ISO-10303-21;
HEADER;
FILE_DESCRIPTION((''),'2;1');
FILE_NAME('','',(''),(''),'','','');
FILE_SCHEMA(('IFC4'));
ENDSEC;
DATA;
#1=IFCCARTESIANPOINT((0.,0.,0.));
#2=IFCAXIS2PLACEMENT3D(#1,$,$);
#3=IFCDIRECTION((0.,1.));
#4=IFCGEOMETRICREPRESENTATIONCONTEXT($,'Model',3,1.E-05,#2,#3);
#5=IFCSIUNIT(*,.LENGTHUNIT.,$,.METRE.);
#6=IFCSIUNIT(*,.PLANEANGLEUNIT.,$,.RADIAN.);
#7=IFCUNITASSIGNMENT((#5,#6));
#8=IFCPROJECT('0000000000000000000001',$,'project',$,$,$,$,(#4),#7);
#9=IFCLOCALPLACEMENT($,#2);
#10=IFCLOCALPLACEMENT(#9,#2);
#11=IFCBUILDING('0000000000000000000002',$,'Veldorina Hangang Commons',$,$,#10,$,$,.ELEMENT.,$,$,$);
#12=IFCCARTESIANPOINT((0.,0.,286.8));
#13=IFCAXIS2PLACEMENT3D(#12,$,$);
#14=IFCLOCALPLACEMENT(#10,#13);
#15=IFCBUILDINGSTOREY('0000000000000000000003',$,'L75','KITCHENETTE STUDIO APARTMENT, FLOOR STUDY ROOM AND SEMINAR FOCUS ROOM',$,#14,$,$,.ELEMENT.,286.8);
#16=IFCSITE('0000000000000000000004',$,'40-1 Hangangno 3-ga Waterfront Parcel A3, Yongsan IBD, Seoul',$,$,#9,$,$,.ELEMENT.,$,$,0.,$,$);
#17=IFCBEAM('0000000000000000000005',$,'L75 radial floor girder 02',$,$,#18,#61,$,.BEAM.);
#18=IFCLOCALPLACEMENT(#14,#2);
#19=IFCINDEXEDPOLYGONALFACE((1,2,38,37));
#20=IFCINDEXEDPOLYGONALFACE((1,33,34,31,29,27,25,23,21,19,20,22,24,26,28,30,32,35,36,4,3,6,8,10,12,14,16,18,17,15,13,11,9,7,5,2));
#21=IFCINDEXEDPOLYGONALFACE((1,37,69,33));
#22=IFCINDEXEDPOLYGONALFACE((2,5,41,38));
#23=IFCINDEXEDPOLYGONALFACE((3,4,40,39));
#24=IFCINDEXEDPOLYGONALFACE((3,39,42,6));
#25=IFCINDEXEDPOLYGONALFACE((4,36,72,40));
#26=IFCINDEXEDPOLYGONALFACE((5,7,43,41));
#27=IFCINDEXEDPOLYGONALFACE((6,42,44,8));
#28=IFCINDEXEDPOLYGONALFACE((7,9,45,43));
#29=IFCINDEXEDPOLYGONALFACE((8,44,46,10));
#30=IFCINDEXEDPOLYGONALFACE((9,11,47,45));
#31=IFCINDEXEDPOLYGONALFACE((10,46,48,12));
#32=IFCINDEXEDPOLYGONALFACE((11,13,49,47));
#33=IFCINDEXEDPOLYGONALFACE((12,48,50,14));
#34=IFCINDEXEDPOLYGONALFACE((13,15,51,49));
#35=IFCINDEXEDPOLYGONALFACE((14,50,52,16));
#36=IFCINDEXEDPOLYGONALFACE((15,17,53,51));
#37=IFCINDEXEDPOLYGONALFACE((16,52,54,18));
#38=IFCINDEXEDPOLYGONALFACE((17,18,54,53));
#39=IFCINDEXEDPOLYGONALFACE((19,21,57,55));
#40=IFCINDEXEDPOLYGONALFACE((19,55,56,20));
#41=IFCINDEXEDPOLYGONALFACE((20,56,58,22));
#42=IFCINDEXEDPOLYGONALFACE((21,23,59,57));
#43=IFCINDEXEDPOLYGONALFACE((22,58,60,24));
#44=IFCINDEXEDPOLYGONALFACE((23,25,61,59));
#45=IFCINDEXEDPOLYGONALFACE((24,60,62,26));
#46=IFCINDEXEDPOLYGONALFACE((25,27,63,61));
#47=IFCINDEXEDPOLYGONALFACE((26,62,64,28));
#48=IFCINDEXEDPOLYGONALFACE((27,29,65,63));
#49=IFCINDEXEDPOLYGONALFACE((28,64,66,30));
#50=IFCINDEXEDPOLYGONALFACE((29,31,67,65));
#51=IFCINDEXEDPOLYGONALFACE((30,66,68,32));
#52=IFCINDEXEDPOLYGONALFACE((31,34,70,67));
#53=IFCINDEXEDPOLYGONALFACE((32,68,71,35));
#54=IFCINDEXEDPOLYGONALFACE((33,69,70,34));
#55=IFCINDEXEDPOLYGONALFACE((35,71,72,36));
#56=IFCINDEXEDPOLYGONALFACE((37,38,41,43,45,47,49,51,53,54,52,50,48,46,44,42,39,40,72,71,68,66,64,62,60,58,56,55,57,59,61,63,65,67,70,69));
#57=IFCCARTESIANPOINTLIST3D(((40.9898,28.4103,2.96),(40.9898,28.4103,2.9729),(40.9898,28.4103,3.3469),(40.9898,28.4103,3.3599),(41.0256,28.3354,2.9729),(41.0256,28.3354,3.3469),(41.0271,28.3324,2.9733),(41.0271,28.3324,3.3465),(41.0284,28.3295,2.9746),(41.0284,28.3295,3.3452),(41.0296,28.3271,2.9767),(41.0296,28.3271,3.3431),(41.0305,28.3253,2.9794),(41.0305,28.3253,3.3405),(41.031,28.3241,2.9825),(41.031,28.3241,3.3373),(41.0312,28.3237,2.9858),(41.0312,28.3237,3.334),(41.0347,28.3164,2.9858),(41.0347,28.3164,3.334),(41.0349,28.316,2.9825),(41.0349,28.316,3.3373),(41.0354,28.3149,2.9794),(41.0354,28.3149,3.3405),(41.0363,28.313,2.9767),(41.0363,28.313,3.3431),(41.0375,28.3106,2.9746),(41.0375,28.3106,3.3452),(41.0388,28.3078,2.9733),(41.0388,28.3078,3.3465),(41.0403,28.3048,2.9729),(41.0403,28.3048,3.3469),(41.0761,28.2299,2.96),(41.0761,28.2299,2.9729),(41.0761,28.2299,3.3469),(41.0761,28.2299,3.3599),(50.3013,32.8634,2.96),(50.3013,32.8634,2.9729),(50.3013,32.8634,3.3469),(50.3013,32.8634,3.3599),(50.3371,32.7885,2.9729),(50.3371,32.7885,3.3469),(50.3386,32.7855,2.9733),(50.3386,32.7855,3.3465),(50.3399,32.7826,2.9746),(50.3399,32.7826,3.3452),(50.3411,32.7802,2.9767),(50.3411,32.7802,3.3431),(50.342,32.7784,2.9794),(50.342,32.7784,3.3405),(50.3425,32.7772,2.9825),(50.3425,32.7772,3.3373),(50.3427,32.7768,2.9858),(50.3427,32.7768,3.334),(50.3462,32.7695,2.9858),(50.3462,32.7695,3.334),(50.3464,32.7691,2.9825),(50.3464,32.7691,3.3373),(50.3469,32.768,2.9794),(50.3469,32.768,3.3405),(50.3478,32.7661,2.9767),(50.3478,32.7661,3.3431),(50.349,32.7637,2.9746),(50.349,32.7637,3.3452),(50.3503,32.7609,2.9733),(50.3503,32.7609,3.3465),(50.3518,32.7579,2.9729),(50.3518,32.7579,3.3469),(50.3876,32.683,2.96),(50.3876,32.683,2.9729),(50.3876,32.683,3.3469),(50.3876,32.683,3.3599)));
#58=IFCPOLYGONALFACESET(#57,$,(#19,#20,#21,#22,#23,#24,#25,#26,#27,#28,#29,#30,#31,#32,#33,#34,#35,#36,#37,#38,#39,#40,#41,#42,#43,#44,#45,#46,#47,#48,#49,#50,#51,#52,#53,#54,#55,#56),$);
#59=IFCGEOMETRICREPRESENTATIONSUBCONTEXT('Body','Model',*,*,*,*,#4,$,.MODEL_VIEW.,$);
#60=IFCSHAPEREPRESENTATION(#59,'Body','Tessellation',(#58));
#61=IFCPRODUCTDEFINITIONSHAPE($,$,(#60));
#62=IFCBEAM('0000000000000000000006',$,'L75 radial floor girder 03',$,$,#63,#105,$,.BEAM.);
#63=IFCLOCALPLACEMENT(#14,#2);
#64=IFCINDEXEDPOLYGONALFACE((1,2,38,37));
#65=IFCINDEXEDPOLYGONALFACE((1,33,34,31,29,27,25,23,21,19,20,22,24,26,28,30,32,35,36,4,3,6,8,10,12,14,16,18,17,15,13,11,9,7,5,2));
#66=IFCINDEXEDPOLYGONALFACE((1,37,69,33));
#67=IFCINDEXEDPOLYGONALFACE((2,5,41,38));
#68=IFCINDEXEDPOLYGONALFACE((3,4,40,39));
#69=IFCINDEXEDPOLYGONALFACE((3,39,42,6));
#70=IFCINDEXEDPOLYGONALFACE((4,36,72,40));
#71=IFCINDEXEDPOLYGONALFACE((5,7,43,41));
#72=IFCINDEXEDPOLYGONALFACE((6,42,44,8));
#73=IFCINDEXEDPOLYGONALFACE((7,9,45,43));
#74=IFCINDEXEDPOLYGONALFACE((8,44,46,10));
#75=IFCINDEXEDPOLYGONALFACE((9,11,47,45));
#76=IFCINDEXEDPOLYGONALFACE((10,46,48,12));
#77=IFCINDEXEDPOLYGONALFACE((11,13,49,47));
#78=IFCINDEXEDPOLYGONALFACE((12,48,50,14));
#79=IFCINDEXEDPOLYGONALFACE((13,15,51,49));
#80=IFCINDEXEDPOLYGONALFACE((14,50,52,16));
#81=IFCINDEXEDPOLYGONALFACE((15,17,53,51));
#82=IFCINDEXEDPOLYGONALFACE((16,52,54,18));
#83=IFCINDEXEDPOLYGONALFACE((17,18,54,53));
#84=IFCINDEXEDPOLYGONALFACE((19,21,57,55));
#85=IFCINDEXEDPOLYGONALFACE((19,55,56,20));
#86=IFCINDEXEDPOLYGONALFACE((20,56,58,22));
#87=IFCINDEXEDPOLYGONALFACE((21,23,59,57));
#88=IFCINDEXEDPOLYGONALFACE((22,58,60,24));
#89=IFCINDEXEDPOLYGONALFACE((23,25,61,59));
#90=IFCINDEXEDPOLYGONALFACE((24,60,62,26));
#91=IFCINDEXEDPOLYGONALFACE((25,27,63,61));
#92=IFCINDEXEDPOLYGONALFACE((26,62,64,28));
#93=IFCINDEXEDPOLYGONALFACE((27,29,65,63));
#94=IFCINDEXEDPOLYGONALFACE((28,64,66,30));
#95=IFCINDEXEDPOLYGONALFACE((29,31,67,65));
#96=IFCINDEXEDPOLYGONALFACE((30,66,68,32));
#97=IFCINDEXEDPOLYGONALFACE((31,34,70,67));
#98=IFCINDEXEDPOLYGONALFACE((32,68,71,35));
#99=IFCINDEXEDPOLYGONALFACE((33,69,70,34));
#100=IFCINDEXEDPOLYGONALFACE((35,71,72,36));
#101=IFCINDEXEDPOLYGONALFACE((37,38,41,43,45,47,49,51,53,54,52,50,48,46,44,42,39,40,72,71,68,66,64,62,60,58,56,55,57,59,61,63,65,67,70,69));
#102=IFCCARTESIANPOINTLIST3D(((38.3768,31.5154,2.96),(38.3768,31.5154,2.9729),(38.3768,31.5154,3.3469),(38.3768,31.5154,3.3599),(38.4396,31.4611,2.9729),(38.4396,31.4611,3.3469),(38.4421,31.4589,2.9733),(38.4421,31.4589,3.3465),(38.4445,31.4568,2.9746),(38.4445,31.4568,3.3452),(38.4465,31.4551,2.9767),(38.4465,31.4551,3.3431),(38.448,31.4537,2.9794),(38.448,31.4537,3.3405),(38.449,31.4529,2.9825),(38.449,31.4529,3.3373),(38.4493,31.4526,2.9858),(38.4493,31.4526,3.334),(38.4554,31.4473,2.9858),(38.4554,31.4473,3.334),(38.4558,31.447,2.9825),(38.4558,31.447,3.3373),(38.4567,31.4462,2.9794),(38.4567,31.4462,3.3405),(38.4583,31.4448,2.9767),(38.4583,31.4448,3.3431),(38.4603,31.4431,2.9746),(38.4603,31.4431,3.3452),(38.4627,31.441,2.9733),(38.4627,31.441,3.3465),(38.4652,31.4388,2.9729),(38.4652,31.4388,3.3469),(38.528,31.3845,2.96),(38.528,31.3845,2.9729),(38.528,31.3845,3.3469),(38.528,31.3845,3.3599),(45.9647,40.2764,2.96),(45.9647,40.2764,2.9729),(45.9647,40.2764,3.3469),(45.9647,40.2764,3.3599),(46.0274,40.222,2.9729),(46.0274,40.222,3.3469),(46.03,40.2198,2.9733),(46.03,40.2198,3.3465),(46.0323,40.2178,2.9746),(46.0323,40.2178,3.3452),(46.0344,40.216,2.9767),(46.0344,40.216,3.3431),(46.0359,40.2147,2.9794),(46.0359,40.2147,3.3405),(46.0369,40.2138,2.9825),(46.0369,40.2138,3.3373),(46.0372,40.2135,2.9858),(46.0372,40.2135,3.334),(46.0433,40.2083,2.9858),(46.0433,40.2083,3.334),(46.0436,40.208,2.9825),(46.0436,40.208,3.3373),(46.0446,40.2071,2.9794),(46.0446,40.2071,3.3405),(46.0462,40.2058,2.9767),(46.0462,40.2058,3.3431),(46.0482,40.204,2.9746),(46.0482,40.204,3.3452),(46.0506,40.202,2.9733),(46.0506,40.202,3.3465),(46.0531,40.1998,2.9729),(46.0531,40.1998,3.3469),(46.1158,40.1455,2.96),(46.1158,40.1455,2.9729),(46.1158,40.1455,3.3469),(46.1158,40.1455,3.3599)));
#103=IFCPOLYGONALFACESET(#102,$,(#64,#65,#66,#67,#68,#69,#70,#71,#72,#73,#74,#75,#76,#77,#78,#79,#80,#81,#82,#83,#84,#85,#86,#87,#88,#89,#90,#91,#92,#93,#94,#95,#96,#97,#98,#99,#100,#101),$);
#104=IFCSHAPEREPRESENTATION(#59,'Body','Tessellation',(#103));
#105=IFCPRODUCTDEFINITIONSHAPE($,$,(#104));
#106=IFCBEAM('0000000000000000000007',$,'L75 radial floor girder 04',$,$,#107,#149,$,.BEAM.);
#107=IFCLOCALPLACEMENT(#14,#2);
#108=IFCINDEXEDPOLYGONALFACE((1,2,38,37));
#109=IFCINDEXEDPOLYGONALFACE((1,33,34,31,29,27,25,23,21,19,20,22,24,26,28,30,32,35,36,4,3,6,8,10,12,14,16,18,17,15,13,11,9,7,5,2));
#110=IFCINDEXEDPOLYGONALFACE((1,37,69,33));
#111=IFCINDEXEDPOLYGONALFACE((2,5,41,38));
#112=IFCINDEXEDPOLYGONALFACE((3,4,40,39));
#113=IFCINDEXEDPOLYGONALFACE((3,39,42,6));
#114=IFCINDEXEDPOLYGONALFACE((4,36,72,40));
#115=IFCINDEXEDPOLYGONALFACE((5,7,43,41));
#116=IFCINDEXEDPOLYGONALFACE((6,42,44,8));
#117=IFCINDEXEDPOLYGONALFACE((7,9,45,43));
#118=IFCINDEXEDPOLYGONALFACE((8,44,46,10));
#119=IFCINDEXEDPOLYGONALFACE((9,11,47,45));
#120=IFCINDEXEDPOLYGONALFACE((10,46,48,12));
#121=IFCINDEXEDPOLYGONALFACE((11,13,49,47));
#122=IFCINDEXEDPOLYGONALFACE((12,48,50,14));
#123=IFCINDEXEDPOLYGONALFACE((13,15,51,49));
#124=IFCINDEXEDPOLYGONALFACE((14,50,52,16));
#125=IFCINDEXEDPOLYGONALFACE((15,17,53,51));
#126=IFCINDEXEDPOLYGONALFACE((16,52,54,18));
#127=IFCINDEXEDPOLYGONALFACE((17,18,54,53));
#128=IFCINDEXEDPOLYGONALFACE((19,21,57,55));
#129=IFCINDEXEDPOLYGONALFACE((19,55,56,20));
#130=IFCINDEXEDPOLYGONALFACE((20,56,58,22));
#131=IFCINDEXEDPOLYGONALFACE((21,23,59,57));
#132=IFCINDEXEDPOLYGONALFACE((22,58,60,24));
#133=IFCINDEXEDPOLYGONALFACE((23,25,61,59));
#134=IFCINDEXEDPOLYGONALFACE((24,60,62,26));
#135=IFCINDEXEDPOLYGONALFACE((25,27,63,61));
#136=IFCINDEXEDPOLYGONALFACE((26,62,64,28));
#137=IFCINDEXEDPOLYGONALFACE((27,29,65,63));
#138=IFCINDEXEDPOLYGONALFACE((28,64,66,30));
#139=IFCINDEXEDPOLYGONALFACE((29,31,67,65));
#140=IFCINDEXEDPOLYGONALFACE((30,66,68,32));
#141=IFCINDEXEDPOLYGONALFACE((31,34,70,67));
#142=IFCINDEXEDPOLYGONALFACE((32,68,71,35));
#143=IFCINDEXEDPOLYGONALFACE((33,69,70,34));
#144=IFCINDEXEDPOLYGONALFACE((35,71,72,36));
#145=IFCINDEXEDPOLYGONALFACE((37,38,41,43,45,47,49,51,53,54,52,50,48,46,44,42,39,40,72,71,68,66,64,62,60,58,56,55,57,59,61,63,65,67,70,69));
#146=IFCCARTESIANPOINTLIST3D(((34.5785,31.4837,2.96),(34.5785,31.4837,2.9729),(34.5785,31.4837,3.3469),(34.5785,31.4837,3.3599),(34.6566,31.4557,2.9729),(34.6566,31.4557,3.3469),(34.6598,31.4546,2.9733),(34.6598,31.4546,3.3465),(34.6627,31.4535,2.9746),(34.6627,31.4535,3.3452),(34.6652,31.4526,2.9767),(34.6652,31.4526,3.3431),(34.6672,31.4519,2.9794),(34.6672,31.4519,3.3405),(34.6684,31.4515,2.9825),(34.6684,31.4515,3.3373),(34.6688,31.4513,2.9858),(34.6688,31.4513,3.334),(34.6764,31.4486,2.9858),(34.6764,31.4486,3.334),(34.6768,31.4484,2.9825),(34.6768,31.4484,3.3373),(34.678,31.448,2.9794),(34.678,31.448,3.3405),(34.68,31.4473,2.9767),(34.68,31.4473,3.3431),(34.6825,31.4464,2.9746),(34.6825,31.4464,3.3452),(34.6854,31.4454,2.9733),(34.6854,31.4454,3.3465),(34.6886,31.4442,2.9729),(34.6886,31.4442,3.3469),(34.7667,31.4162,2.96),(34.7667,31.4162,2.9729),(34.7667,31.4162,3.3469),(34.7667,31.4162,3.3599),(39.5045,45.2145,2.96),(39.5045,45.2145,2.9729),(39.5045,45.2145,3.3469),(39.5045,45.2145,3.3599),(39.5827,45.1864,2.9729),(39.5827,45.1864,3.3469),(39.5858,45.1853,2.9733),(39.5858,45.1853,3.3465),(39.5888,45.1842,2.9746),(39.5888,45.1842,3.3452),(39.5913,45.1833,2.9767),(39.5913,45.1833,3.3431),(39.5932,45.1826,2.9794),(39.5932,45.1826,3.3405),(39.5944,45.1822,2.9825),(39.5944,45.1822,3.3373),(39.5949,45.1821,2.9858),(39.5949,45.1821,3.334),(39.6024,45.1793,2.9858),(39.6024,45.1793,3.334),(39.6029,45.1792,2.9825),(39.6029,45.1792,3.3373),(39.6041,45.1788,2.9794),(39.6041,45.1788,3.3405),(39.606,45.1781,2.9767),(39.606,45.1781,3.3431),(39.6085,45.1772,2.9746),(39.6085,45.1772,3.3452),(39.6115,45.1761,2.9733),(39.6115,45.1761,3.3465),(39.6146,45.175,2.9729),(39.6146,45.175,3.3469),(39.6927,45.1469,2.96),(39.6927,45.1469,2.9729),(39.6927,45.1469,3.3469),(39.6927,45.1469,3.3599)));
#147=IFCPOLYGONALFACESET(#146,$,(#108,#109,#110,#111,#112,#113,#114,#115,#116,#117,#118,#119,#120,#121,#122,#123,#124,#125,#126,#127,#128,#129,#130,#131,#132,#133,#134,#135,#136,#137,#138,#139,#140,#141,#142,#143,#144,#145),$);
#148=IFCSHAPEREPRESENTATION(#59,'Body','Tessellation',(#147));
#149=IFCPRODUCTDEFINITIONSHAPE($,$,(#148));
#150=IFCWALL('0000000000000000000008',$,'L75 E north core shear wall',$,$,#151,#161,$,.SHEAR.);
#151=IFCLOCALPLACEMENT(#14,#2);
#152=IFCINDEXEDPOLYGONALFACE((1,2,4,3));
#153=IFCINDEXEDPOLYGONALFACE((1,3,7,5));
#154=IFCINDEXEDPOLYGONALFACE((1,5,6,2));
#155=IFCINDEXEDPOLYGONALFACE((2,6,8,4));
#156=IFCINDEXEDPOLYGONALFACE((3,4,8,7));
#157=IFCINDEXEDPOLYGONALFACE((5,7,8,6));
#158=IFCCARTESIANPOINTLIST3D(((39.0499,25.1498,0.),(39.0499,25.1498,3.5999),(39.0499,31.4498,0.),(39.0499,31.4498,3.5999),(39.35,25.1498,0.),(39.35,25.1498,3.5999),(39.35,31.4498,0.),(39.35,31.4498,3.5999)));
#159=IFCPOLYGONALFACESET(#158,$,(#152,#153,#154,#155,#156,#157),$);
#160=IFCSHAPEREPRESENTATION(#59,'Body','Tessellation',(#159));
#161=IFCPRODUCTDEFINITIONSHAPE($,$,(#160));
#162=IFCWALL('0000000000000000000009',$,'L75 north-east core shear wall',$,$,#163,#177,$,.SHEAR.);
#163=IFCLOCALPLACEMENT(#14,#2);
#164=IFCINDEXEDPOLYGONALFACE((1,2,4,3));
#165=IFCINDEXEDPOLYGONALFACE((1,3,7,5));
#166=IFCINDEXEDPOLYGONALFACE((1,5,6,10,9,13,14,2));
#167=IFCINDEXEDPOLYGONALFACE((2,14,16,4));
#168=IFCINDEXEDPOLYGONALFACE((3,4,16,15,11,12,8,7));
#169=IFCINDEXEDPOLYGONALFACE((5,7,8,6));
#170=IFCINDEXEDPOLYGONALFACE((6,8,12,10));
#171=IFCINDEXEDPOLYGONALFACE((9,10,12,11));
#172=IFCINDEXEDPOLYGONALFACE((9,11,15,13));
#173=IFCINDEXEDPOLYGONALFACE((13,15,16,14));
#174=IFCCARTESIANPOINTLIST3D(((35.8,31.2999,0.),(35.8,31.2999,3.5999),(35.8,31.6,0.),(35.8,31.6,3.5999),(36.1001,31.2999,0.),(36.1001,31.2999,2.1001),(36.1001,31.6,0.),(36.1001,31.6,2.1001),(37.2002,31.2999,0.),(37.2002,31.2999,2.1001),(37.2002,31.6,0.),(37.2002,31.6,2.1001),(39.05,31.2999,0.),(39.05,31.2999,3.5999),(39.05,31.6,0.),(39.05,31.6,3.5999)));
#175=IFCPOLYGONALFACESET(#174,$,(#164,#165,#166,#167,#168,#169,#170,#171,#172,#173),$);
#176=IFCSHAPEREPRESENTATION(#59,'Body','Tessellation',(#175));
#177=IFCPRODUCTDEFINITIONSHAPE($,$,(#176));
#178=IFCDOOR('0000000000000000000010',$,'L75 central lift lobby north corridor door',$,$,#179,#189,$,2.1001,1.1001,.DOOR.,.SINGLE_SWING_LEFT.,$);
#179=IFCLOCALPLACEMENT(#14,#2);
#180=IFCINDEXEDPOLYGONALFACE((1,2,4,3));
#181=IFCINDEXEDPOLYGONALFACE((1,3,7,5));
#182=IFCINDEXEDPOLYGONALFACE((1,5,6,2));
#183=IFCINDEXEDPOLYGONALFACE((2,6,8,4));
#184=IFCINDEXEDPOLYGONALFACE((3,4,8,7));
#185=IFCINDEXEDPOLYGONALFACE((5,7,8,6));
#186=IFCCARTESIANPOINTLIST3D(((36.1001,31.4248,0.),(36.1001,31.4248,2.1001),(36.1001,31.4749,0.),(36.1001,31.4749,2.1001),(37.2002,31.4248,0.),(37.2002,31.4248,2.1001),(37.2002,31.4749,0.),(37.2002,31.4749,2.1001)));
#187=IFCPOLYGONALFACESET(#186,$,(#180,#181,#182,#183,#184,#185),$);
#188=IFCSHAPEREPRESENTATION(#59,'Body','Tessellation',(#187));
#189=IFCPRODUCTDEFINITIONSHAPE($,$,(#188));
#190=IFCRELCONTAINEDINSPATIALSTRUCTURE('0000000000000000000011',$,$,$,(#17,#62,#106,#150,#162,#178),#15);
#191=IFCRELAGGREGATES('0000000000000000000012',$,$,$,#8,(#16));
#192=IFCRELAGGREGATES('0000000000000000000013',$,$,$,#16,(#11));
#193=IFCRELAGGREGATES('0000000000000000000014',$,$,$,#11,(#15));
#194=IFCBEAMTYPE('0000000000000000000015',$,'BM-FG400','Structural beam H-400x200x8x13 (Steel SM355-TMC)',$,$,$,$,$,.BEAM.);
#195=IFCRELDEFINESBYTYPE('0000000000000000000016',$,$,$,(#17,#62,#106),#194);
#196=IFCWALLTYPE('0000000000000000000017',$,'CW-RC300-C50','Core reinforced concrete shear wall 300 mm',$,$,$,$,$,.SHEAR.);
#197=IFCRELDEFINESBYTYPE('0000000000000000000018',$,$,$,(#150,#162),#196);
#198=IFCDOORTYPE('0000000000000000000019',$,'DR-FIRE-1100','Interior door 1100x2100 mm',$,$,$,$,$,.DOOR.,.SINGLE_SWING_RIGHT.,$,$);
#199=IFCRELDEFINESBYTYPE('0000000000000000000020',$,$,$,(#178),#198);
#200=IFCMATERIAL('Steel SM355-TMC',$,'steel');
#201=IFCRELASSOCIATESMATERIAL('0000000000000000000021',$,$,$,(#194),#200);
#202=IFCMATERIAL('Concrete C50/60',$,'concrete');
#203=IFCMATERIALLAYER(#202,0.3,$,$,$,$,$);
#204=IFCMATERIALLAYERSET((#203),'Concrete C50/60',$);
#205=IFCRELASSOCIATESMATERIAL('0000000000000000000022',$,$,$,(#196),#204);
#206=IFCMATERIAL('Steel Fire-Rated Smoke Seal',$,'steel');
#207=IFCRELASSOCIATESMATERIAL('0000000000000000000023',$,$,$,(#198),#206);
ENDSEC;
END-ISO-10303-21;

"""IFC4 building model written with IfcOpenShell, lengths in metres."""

from ifc_helpers import new_model, si_unit, direction, frame, frame_2d, origin, origin_2d, place, context, subcontext, project, spatial, rectangle, i_section, extrude, material, layer, layer_set, material_profile, profile_set, type_object, element, fill, save


model = new_model("IFC4")

# Units and contexts
model_context = context("Model", 3, precision=1e-05, world=origin(), true_north=direction((0.0, 1.0)))
body_context = subcontext(model_context, "Body", "Model", "MODEL_VIEW")
ifc_project = project(units=[si_unit("LENGTHUNIT", "METRE"), si_unit("PLANEANGLEUNIT", "RADIAN")], contexts=[model_context])

# Site, building, storey
site_placement = place(None, origin())
site = spatial("IfcSite", under=ifc_project, at=site_placement, Name="40-1 Hangangno 3-ga Waterfront Parcel A3, Yongsan IBD, Seoul", CompositionType="ELEMENT", RefElevation=0.0)
building_placement = place(site_placement, origin())
building = spatial("IfcBuilding", under=site, at=building_placement, Name="Veldorina Hangang Commons", CompositionType="ELEMENT")
storey_placement = place(building_placement, frame((0.0, 0.0, 286.8)))
storey = spatial("IfcBuildingStorey", under=building, at=storey_placement, Name="L75", Description="KITCHENETTE STUDIO APARTMENT, FLOOR STUDY ROOM AND SEMINAR FOCUS ROOM", CompositionType="ELEMENT", Elevation=286.8)

# Beams
ifc_material_1 = material(Name="Steel SM355-TMC", Category="steel")
ifc_material_profile = material_profile(ifc_material_1, i_section(OverallWidth=0.2, OverallDepth=0.3999, WebThickness=0.0081, FlangeThickness=0.0129, FilletRadius=0.0129, at=origin_2d()), Name="H-400x200x8x13")
ifc_profile_set = profile_set([ifc_material_profile], Name="Steel SM355-TMC")
beam_type = type_object("IfcBeamType", Name="BM-FG400", Description="Structural beam H-400x200x8x13 (Steel SM355-TMC)", PredefinedType="BEAM", material=ifc_profile_set)
beam_1_placement = place(storey_placement, frame((41.033, 28.3201, 3.1599), z_axis=(0.902142, 0.431439, 0.0), x_axis=(-0.431439, 0.902142, 0.0)))
element("IfcBeam", 1, at=beam_1_placement, inside=storey, type_object=beam_type, Name="L75 radial floor girder 02", PredefinedType="BEAM", context=body_context, shape_type="SweptSolid", body=[
    extrude(i_section(OverallWidth=0.2, OverallDepth=0.3999, WebThickness=0.0081, FlangeThickness=0.0129, FilletRadius=0.0129, at=origin_2d()), origin(), (0.0, 0.0, 1.0), 10.3215),
])
beam_2_placement = place(storey_placement, frame((38.4524, 31.45, 3.1599), z_axis=(0.654686, 0.755901, 0.0), x_axis=(-0.755901, 0.654686, 0.0)))
element("IfcBeam", 2, at=beam_2_placement, inside=storey, type_object=beam_type, Name="L75 radial floor girder 03", PredefinedType="BEAM", context=body_context, shape_type="SweptSolid", body=[
    extrude(i_section(OverallWidth=0.2, OverallDepth=0.3999, WebThickness=0.0081, FlangeThickness=0.0129, FilletRadius=0.0129, at=origin_2d()), origin(), (0.0, 0.0, 1.0), 11.5901),
])
beam_3_placement = place(storey_placement, frame((34.6726, 31.45, 3.1599), z_axis=(0.337686, 0.941259, 0.0), x_axis=(-0.941259, 0.337686, 0.0)))
element("IfcBeam", 3, at=beam_3_placement, inside=storey, type_object=beam_type, Name="L75 radial floor girder 04", PredefinedType="BEAM", context=body_context, shape_type="SweptSolid", body=[
    extrude(i_section(OverallWidth=0.2, OverallDepth=0.3999, WebThickness=0.0081, FlangeThickness=0.0129, FilletRadius=0.0129, at=origin_2d()), origin(), (0.0, 0.0, 1.0), 14.5876),
])

# Wall
ifc_material_2 = material(Name="Concrete C50/60", Category="concrete")
ifc_layer_1 = layer(ifc_material_2, 0.3)
ifc_layer_set_1 = layer_set([ifc_layer_1], Name="Concrete C50/60")
wall_type_1 = type_object("IfcWallType", Name="CW-RC300-C50", Description="Core reinforced concrete shear wall 300 mm", PredefinedType="SHEAR", material=ifc_layer_set_1)
wall_1_placement = place(storey_placement, frame((39.2, 25.1499, 0.0), z_axis=(0.0, 0.0, 1.0), x_axis=(0.0, 1.0, 0.0)))
element("IfcWall", 4, at=wall_1_placement, inside=storey, type_object=wall_type_1, Name="L75 E north core shear wall", PredefinedType="SHEAR", context=body_context, shape_type="SweptSolid", body=[
    extrude(rectangle(XDim=6.3, YDim=0.3, at=frame_2d((3.1499, 0.0))), origin(), (0.0, 0.0, 1.0), 3.5999),
])

# Wall, opening, door
wall_2_placement = place(storey_placement, frame((35.8, 31.45, 0.0), z_axis=(0.0, 0.0, 1.0), x_axis=(1.0, 0.0, 0.0)))
wall_2 = element("IfcWall", 5, at=wall_2_placement, inside=storey, type_object=wall_type_1, Name="L75 north-east core shear wall", PredefinedType="SHEAR", context=body_context, shape_type="SweptSolid", body=[
    extrude(rectangle(XDim=3.25, YDim=0.3, at=frame_2d((1.625, 0.0))), origin(), (0.0, 0.0, 1.0), 3.5999),
])
opening_1_placement = place(wall_2_placement, frame((0.3, 0.0, 0.0)))
opening_1 = element("IfcOpeningElement", 6, at=opening_1_placement, cuts=wall_2, PredefinedType="OPENING", context=body_context, shape_type="SweptSolid", body=[
    extrude(rectangle(XDim=1.1001, YDim=2.1001, at=frame_2d((0.55, 1.05))), frame((0.0, 0.1602, 0.0), z_axis=(0.0, -1.0, 0.0), x_axis=(1.0, 0.0, 0.0)), (0.0, 0.0, 1.0), 0.3201),
])
ifc_material_3 = material(Name="Steel Fire-Rated Smoke Seal", Category="steel")
door_type_1 = type_object("IfcDoorType", Name="DR-FIRE-1100", Description="Interior door 1100x2100 mm", OperationType="SINGLE_SWING_RIGHT", PredefinedType="DOOR", material=ifc_material_3)
door_1_placement = place(opening_1_placement, origin())
door_1 = element("IfcDoor", 7, at=door_1_placement, inside=storey, type_object=door_type_1, Name="L75 central lift lobby north corridor door", OperationType="SINGLE_SWING_LEFT", OverallHeight=2.1001, OverallWidth=1.1001, PredefinedType="DOOR", context=body_context, shape_type="SweptSolid", body=[
    extrude(rectangle(XDim=1.1001, YDim=2.1001, at=frame_2d((0.55, 1.05))), frame((0.0, 0.0249, 0.0), z_axis=(0.0, -1.0, 0.0), x_axis=(1.0, 0.0, 0.0)), (0.0, 0.0, 1.0), 0.05),
])
fill(opening_1, door_1)

save(model, "model.ifc")
